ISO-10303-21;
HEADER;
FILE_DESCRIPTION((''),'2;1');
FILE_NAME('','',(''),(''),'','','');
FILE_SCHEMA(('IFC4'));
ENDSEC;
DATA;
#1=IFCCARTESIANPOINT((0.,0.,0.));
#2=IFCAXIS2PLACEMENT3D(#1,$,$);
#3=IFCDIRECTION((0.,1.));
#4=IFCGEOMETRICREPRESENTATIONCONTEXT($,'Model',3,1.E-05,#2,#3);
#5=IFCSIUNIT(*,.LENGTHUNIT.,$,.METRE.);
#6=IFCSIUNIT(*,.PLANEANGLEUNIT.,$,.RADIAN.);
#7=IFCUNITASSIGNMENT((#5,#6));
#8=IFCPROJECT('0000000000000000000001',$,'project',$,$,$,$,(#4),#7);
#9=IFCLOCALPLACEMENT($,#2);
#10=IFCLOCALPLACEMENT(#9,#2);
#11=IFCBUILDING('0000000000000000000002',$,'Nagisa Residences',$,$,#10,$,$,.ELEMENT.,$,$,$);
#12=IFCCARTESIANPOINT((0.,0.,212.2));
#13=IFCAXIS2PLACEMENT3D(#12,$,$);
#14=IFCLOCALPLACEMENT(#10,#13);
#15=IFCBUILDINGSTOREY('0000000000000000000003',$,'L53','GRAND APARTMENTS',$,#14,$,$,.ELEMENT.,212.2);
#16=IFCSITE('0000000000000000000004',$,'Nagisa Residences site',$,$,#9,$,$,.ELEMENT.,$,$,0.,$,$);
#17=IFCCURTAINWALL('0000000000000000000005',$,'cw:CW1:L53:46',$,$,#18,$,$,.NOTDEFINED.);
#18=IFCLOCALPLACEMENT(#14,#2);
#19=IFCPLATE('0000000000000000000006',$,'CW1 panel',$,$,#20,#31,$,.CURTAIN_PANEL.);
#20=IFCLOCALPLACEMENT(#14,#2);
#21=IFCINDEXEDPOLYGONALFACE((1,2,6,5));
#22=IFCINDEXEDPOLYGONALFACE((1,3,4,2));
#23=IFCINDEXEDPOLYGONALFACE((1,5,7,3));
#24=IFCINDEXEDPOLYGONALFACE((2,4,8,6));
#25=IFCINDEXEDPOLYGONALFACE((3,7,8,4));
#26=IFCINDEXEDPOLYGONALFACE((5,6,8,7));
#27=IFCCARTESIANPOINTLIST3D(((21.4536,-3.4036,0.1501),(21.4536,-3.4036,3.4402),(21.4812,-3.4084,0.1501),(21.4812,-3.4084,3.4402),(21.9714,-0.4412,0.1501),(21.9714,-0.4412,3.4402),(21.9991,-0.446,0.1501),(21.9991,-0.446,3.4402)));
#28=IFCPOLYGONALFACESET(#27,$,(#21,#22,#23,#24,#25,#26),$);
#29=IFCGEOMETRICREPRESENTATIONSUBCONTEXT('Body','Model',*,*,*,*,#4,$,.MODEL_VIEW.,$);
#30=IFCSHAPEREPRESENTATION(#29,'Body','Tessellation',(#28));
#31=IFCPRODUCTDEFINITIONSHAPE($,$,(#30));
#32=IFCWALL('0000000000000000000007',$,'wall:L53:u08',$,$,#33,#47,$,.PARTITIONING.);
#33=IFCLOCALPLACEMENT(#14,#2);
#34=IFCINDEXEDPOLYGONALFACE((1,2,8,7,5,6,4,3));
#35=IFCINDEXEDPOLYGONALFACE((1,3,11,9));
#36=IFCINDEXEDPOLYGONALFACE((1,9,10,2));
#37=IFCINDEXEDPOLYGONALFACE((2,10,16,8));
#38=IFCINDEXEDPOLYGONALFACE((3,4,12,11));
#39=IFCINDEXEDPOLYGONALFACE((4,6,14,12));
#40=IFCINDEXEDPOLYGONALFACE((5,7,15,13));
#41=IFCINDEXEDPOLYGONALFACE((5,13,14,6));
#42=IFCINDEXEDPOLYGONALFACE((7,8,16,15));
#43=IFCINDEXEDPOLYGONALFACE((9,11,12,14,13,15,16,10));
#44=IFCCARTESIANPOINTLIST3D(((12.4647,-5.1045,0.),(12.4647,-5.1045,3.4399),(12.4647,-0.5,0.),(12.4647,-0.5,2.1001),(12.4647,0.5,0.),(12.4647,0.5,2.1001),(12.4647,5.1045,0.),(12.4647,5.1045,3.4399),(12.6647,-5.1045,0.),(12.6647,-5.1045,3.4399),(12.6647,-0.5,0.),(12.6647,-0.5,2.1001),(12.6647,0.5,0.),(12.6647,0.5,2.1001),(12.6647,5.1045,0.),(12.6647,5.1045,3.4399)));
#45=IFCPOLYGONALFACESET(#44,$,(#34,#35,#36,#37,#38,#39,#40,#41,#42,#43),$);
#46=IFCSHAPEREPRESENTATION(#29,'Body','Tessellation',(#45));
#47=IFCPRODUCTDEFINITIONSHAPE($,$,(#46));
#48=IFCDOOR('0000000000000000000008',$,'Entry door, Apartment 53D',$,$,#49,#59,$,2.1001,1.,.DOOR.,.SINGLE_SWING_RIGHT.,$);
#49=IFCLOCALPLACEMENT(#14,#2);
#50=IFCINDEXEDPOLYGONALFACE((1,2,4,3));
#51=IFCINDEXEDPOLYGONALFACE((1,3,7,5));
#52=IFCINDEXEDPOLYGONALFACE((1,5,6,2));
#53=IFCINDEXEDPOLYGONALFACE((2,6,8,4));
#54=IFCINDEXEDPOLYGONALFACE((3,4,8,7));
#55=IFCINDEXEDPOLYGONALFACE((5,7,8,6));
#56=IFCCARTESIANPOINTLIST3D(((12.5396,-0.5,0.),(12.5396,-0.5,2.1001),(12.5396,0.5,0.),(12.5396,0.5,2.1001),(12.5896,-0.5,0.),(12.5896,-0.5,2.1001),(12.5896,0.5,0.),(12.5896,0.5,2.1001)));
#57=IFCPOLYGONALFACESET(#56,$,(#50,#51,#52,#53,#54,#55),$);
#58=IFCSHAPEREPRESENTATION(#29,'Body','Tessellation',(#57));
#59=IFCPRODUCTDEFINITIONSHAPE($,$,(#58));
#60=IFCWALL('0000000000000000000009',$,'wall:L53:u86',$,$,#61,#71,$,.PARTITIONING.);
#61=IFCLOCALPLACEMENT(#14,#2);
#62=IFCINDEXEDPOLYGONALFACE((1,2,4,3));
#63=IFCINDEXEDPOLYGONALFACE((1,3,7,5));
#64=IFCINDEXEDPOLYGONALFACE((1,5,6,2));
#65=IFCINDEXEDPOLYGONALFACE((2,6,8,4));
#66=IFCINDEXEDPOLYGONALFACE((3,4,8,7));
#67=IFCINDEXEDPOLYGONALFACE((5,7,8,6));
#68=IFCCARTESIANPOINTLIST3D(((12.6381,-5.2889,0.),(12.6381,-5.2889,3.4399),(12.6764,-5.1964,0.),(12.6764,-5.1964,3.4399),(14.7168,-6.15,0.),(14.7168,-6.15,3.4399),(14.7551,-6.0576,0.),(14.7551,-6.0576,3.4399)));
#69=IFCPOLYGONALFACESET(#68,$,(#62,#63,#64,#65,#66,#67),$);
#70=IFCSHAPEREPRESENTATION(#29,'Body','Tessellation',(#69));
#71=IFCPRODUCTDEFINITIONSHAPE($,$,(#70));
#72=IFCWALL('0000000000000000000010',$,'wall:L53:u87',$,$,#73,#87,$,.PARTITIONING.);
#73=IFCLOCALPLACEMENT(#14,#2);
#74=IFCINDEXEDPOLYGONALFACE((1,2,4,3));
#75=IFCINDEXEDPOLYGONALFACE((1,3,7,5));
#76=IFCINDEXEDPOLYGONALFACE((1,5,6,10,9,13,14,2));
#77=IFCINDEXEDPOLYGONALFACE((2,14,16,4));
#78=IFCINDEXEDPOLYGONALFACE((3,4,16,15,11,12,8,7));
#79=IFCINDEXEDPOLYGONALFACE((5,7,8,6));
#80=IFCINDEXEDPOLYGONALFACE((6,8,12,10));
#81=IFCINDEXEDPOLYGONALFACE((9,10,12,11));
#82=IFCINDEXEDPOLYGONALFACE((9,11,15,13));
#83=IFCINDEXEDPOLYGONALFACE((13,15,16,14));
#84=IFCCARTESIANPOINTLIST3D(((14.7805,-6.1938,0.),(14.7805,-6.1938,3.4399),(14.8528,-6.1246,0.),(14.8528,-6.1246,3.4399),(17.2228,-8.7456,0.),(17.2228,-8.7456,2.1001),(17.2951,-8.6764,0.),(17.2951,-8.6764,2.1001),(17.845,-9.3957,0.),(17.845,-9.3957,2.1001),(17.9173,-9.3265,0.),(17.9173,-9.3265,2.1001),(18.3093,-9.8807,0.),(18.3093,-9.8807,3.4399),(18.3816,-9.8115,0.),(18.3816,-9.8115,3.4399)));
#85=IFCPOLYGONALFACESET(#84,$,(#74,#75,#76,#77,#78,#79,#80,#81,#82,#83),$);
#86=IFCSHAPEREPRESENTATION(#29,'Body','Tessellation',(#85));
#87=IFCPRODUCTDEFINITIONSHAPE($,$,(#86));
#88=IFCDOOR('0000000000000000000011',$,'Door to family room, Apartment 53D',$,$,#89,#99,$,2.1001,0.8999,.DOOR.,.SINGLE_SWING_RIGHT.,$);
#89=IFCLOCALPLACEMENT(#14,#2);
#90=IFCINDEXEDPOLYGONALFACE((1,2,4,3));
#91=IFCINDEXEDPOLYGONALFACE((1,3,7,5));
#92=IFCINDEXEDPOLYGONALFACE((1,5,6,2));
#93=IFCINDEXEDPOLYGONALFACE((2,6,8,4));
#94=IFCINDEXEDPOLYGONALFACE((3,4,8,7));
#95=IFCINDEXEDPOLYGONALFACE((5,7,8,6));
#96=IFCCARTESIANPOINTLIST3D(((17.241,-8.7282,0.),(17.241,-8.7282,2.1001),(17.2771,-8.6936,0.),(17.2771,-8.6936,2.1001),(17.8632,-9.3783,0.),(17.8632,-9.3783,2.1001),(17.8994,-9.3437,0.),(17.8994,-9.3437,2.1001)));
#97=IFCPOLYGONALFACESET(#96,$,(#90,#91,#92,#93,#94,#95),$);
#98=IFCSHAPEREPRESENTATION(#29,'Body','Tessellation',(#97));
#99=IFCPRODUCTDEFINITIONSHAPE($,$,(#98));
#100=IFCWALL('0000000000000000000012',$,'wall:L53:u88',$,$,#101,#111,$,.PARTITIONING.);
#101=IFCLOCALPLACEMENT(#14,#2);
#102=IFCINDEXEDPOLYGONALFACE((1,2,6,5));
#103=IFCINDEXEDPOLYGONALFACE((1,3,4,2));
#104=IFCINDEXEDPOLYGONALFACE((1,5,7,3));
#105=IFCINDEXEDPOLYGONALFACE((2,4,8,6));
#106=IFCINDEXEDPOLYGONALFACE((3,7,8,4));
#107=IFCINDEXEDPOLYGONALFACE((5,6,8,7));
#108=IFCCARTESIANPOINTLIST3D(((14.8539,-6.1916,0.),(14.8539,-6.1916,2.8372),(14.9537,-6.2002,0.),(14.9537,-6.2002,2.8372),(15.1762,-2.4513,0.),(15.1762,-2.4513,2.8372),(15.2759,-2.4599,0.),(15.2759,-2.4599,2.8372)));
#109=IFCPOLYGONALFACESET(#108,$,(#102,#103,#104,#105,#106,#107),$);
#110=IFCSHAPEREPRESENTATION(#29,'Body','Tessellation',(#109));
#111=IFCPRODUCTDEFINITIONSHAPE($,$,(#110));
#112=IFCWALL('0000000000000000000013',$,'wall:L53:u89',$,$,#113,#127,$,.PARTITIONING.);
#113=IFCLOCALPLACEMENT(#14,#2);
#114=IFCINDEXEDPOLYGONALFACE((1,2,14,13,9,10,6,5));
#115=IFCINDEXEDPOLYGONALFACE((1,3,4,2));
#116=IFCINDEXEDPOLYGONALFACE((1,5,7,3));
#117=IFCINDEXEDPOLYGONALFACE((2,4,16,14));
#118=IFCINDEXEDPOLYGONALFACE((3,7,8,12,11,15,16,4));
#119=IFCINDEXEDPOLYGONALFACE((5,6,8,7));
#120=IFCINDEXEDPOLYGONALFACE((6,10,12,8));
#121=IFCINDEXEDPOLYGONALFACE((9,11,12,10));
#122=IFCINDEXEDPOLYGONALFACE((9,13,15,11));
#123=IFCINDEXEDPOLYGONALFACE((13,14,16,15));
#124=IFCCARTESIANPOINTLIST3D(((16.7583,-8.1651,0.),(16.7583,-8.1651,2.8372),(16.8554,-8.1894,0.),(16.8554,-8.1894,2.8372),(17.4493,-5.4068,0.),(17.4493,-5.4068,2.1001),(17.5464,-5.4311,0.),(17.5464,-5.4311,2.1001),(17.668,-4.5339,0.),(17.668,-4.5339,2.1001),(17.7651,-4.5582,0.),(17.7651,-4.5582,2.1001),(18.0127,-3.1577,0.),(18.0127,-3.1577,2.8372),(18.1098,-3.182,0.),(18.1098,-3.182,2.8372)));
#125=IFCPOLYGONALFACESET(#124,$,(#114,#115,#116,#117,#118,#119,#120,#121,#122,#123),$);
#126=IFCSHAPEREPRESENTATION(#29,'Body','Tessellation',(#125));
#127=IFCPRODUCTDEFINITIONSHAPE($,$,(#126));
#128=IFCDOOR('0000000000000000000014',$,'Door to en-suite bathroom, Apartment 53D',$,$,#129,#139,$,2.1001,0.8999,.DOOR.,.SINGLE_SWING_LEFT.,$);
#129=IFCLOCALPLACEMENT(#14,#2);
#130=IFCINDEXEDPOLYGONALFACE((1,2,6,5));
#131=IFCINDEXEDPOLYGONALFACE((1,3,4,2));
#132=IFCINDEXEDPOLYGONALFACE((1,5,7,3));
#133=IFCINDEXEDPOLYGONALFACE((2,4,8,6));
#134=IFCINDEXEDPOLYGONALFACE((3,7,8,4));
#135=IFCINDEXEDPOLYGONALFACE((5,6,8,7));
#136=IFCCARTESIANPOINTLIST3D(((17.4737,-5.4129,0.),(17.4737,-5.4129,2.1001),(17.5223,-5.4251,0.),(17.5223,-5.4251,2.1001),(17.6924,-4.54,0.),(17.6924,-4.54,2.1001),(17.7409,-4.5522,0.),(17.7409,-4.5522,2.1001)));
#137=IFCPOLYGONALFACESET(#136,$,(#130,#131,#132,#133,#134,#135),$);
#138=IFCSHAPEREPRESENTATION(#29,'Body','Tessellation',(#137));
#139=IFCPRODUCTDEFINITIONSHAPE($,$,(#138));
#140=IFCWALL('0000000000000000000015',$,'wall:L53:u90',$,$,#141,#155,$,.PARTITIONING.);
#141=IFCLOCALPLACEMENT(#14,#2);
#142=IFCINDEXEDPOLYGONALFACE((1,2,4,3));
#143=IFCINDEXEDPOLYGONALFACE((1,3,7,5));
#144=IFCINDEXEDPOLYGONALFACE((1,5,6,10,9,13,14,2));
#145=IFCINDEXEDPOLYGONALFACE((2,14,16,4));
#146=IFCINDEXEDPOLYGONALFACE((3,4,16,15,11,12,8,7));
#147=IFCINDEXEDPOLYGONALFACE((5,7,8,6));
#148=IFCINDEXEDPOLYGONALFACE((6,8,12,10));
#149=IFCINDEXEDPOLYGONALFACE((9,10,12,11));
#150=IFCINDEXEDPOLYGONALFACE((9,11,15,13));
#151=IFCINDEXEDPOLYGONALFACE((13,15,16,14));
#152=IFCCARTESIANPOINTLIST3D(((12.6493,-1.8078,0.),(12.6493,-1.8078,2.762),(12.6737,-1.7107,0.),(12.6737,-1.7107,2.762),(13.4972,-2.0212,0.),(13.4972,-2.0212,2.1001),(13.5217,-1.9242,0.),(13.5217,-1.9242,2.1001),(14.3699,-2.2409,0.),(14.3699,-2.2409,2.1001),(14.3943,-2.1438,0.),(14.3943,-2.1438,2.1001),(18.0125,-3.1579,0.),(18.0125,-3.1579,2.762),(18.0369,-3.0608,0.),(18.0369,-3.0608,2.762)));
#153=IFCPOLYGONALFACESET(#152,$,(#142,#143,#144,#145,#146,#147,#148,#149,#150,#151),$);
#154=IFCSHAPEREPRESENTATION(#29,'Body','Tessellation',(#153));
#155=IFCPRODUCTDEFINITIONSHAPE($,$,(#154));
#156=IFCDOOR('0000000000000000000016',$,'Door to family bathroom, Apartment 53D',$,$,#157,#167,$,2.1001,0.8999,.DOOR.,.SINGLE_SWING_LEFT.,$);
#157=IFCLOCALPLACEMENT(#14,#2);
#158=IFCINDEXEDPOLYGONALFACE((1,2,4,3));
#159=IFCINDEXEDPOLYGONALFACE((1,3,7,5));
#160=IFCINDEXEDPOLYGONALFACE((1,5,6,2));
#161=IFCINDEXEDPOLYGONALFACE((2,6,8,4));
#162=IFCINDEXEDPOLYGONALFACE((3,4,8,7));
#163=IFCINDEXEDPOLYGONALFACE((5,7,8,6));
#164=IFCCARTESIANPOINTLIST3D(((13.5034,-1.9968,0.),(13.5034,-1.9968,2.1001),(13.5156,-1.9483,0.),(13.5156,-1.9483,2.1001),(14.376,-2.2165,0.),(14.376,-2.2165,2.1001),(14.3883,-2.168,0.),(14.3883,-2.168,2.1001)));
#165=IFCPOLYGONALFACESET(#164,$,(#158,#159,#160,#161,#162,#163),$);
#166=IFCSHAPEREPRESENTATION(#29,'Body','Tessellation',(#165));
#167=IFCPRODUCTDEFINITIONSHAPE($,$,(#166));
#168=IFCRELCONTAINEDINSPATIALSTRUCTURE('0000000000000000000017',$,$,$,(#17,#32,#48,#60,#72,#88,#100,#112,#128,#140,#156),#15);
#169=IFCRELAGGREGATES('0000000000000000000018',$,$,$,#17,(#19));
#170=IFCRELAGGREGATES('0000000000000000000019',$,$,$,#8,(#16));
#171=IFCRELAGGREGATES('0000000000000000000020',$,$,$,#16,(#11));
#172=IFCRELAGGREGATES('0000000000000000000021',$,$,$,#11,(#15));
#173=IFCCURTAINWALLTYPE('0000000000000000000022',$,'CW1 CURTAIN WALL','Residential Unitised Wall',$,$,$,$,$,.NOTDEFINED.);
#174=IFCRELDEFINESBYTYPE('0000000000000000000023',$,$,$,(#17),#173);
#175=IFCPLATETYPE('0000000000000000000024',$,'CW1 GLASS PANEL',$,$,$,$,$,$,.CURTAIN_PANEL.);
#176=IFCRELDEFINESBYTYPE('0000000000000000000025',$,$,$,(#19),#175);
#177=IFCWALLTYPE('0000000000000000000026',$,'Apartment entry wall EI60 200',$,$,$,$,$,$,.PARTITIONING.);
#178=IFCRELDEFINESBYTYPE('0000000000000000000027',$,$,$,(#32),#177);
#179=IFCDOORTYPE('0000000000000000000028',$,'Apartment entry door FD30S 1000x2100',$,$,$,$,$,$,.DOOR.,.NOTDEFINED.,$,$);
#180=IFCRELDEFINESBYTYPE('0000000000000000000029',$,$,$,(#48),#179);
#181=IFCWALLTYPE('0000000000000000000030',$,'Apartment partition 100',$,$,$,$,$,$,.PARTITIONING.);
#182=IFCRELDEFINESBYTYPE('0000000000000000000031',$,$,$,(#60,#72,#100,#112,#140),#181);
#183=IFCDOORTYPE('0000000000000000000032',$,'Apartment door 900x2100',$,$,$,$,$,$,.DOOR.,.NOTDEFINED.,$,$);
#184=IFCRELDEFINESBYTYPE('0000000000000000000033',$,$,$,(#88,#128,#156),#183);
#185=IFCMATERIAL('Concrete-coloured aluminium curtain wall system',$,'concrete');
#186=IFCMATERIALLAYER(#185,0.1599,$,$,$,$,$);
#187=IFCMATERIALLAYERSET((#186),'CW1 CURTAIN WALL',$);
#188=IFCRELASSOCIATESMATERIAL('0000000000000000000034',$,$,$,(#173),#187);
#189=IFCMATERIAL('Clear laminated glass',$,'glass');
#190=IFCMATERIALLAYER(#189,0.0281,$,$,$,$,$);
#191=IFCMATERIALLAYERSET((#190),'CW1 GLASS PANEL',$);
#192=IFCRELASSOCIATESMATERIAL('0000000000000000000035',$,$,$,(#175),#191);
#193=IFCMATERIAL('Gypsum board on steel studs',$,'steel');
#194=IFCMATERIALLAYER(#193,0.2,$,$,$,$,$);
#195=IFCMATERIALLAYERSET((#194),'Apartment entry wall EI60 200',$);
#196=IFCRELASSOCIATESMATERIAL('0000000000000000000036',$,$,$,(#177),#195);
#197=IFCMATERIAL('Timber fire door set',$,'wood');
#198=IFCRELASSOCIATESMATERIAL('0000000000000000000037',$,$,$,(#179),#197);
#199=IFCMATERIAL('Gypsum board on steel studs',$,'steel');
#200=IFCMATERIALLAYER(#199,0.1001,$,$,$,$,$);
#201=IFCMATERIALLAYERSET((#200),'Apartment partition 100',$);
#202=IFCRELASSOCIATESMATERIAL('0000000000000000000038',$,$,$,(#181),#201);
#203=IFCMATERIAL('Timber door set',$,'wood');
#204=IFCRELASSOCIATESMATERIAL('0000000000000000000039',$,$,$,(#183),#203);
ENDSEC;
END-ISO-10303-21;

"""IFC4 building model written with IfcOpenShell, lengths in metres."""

from ifc_helpers import new_model, si_unit, direction, frame, frame_2d, origin, origin_2d, place, context, subcontext, project, spatial, rectangle, extrude, material, layer, layer_set, type_object, element, fill, aggregate, save


model = new_model("IFC4")

# Units and contexts
model_context = context("Model", 3, precision=1e-05, world=origin(), true_north=direction((0.0, 1.0)))
body_context = subcontext(model_context, "Body", "Model", "MODEL_VIEW")
ifc_project = project(units=[si_unit("LENGTHUNIT", "METRE"), si_unit("PLANEANGLEUNIT", "RADIAN")], contexts=[model_context])

# Site, building, storey
site_placement = place(None, origin())
site = spatial("IfcSite", under=ifc_project, at=site_placement, Name="Nagisa Residences site", CompositionType="ELEMENT", RefElevation=0.0)
building_placement = place(site_placement, origin())
building = spatial("IfcBuilding", under=site, at=building_placement, Name="Nagisa Residences", CompositionType="ELEMENT")
storey_placement = place(building_placement, frame((0.0, 0.0, 212.2)))
storey = spatial("IfcBuildingStorey", under=building, at=storey_placement, Name="L53", Description="GRAND APARTMENTS", CompositionType="ELEMENT", Elevation=212.2)

# Curtain wall
ifc_material_1 = material(Name="Concrete-coloured aluminium curtain wall system", Category="concrete")
ifc_layer_1 = layer(ifc_material_1, 0.1599)
ifc_layer_set_1 = layer_set([ifc_layer_1], Name="CW1 CURTAIN WALL")
curtain_wall_type = type_object("IfcCurtainWallType", Name="CW1 CURTAIN WALL", Description="Residential Unitised Wall", PredefinedType="NOTDEFINED", material=ifc_layer_set_1)
curtain_wall_1_placement = place(storey_placement, origin())
curtain_wall_1 = element("IfcCurtainWall", 1, at=curtain_wall_1_placement, inside=storey, type_object=curtain_wall_type, Name="cw:CW1:L53:46", PredefinedType="NOTDEFINED")

# Plate
ifc_material_2 = material(Name="Clear laminated glass", Category="glass")
ifc_layer_2 = layer(ifc_material_2, 0.0281)
ifc_layer_set_2 = layer_set([ifc_layer_2], Name="CW1 GLASS PANEL")
plate_type = type_object("IfcPlateType", Name="CW1 GLASS PANEL", PredefinedType="CURTAIN_PANEL", material=ifc_layer_set_2)
plate_1_placement = place(storey_placement, frame((21.7263, -1.9248, 0.1501), z_axis=(0.0, 0.0, 1.0), x_axis=(0.172191, 0.985064, 0.0)))
plate_1 = element("IfcPlate", 2, at=plate_1_placement, type_object=plate_type, Name="CW1 panel", PredefinedType="CURTAIN_PANEL", context=body_context, shape_type="SweptSolid", body=[
    extrude(rectangle(XDim=3.0073, YDim=0.0281, at=origin_2d()), origin(), (0.0, 0.0, 1.0), 3.29),
])
aggregate(curtain_wall_1, [plate_1])

# Wall, opening, door
ifc_material_3 = material(Name="Gypsum board on steel studs", Category="steel")
ifc_layer_3 = layer(ifc_material_3, 0.2)
ifc_layer_set_3 = layer_set([ifc_layer_3], Name="Apartment entry wall EI60 200")
wall_type_1 = type_object("IfcWallType", Name="Apartment entry wall EI60 200", PredefinedType="PARTITIONING", material=ifc_layer_set_3)
wall_1_placement = place(storey_placement, frame((12.5647, -5.1045, 0.0), z_axis=(0.0, 0.0, 1.0), x_axis=(0.0, 1.0, 0.0)))
wall_1 = element("IfcWall", 3, at=wall_1_placement, inside=storey, type_object=wall_type_1, Name="wall:L53:u08", PredefinedType="PARTITIONING", context=body_context, shape_type="SweptSolid", body=[
    extrude(rectangle(XDim=10.209, YDim=0.2, at=frame_2d((5.1045, 0.0))), origin(), (0.0, 0.0, 1.0), 3.4399),
])
opening_1_placement = place(wall_1_placement, frame((4.6045, 0.0, 0.0)))
opening_1 = element("IfcOpeningElement", 4, at=opening_1_placement, cuts=wall_1, PredefinedType="OPENING", context=body_context, shape_type="SweptSolid", body=[
    extrude(rectangle(XDim=1.0, YDim=2.1001, at=frame_2d((0.5, 1.05))), frame((0.0, 0.1099, 0.0), z_axis=(0.0, -1.0, 0.0), x_axis=(1.0, 0.0, 0.0)), (0.0, 0.0, 1.0), 0.22),
])
ifc_material_4 = material(Name="Timber fire door set", Category="wood")
door_type_1 = type_object("IfcDoorType", Name="Apartment entry door FD30S 1000x2100", OperationType="NOTDEFINED", PredefinedType="DOOR", material=ifc_material_4)
door_1_placement = place(opening_1_placement, frame((1.0, 0.0, 0.0), x_axis=(-1.0, 0.0, 0.0)))
door_1 = element("IfcDoor", 5, at=door_1_placement, inside=storey, type_object=door_type_1, Name="Entry door, Apartment 53D", OperationType="SINGLE_SWING_RIGHT", OverallHeight=2.1001, OverallWidth=1.0, PredefinedType="DOOR", context=body_context, shape_type="SweptSolid", body=[
    extrude(rectangle(XDim=1.0, YDim=2.1001, at=frame_2d((0.5, 1.05))), frame((0.0, 0.0249, 0.0), z_axis=(0.0, -1.0, 0.0), x_axis=(1.0, 0.0, 0.0)), (0.0, 0.0, 1.0), 0.05),
])
fill(opening_1, door_1)

# Wall
ifc_material_5 = material(Name="Gypsum board on steel studs", Category="steel")
ifc_layer_4 = layer(ifc_material_5, 0.1001)
ifc_layer_set_4 = layer_set([ifc_layer_4], Name="Apartment partition 100")
wall_type_2 = type_object("IfcWallType", Name="Apartment partition 100", PredefinedType="PARTITIONING", material=ifc_layer_set_4)
wall_2_placement = place(storey_placement, frame((12.6572, -5.2427, 0.0), z_axis=(0.0, 0.0, 1.0), x_axis=(0.923865, -0.382719, 0.0)))
element("IfcWall", 6, at=wall_2_placement, inside=storey, type_object=wall_type_2, Name="wall:L53:u86", PredefinedType="PARTITIONING", context=body_context, shape_type="SweptSolid", body=[
    extrude(rectangle(XDim=2.25, YDim=0.1001, at=frame_2d((1.125, 0.0))), origin(), (0.0, 0.0, 1.0), 3.4399),
])

# Wall, opening, door
wall_3_placement = place(storey_placement, frame((14.8167, -6.1592, 0.0), z_axis=(0.0, 0.0, 1.0), x_axis=(0.691438, -0.722436, 0.0)))
wall_3 = element("IfcWall", 7, at=wall_3_placement, inside=storey, type_object=wall_type_2, Name="wall:L53:u87", PredefinedType="PARTITIONING", context=body_context, shape_type="SweptSolid", body=[
    extrude(rectangle(XDim=5.1035, YDim=0.1001, at=frame_2d((2.5518, 0.0))), origin(), (0.0, 0.0, 1.0), 3.4399),
])
opening_2_placement = place(wall_3_placement, frame((3.5322, 0.0, 0.0)))
opening_2 = element("IfcOpeningElement", 8, at=opening_2_placement, cuts=wall_3, PredefinedType="OPENING", context=body_context, shape_type="SweptSolid", body=[
    extrude(rectangle(XDim=0.8999, YDim=2.1001, at=frame_2d((0.45, 1.05))), frame((0.0, 0.0601, 0.0), z_axis=(0.0, -1.0, 0.0), x_axis=(1.0, 0.0, 0.0)), (0.0, 0.0, 1.0), 0.1201),
])
ifc_material_6 = material(Name="Timber door set", Category="wood")
door_type_2 = type_object("IfcDoorType", Name="Apartment door 900x2100", OperationType="NOTDEFINED", PredefinedType="DOOR", material=ifc_material_6)
door_2_placement = place(opening_2_placement, frame((0.8999, 0.0, 0.0), x_axis=(-1.0, 0.0, 0.0)))
door_2 = element("IfcDoor", 9, at=door_2_placement, inside=storey, type_object=door_type_2, Name="Door to family room, Apartment 53D", OperationType="SINGLE_SWING_RIGHT", OverallHeight=2.1001, OverallWidth=0.8999, PredefinedType="DOOR", context=body_context, shape_type="SweptSolid", body=[
    extrude(rectangle(XDim=0.8999, YDim=2.1001, at=frame_2d((0.45, 1.05))), frame((0.0, 0.0249, 0.0), z_axis=(0.0, -1.0, 0.0), x_axis=(1.0, 0.0, 0.0)), (0.0, 0.0, 1.0), 0.05),
])
fill(opening_2, door_2)

# Wall
wall_4_placement = place(storey_placement, frame((14.9038, -6.1958, 0.0), z_axis=(0.0, 0.0, 1.0), x_axis=(0.085844, 0.996309, 0.0)))
element("IfcWall", 10, at=wall_4_placement, inside=storey, type_object=wall_type_2, Name="wall:L53:u88", PredefinedType="PARTITIONING", context=body_context, shape_type="SweptSolid", body=[
    extrude(rectangle(XDim=3.7542, YDim=0.1001, at=frame_2d((1.877, 0.0))), origin(), (0.0, 0.0, 1.0), 2.8372),
])

# Walls, openings, doors
wall_5_placement = place(storey_placement, frame((16.8069, -8.1772, 0.0), z_axis=(0.0, 0.0, 1.0), x_axis=(0.243003, 0.970026, 0.0)))
wall_5 = element("IfcWall", 11, at=wall_5_placement, inside=storey, type_object=wall_type_2, Name="wall:L53:u89", PredefinedType="PARTITIONING", context=body_context, shape_type="SweptSolid", body=[
    extrude(rectangle(XDim=5.1621, YDim=0.1001, at=frame_2d((2.5811, 0.0))), origin(), (0.0, 0.0, 1.0), 2.8372),
])
opening_3_placement = place(wall_5_placement, frame((2.8435, 0.0, 0.0)))
opening_3 = element("IfcOpeningElement", 12, at=opening_3_placement, cuts=wall_5, PredefinedType="OPENING", context=body_context, shape_type="SweptSolid", body=[
    extrude(rectangle(XDim=0.8999, YDim=2.1001, at=frame_2d((0.45, 1.05))), frame((0.0, 0.0601, 0.0), z_axis=(0.0, -1.0, 0.0), x_axis=(1.0, 0.0, 0.0)), (0.0, 0.0, 1.0), 0.1201),
])
door_3_placement = place(opening_3_placement, origin())
door_3 = element("IfcDoor", 13, at=door_3_placement, inside=storey, type_object=door_type_2, Name="Door to en-suite bathroom, Apartment 53D", OperationType="SINGLE_SWING_LEFT", OverallHeight=2.1001, OverallWidth=0.8999, PredefinedType="DOOR", context=body_context, shape_type="SweptSolid", body=[
    extrude(rectangle(XDim=0.8999, YDim=2.1001, at=frame_2d((0.45, 1.05))), frame((0.0, 0.0249, 0.0), z_axis=(0.0, -1.0, 0.0), x_axis=(1.0, 0.0, 0.0)), (0.0, 0.0, 1.0), 0.05),
])
fill(opening_3, door_3)
wall_6_placement = place(storey_placement, frame((12.6616, -1.7593, 0.0), z_axis=(0.0, 0.0, 1.0), x_axis=(0.969747, -0.244114, 0.0)))
wall_6 = element("IfcWall", 14, at=wall_6_placement, inside=storey, type_object=wall_type_2, Name="wall:L53:u90", PredefinedType="PARTITIONING", context=body_context, shape_type="SweptSolid", body=[
    extrude(rectangle(XDim=5.5305, YDim=0.1001, at=frame_2d((2.7651, 0.0))), origin(), (0.0, 0.0, 1.0), 2.762),
])
opening_4_placement = place(wall_6_placement, frame((0.8743, 0.0, 0.0)))
opening_4 = element("IfcOpeningElement", 15, at=opening_4_placement, cuts=wall_6, PredefinedType="OPENING", context=body_context, shape_type="SweptSolid", body=[
    extrude(rectangle(XDim=0.8999, YDim=2.1001, at=frame_2d((0.45, 1.05))), frame((0.0, 0.0601, 0.0), z_axis=(0.0, -1.0, 0.0), x_axis=(1.0, 0.0, 0.0)), (0.0, 0.0, 1.0), 0.1201),
])
door_4_placement = place(opening_4_placement, frame((0.8999, 0.0, 0.0), x_axis=(-1.0, 0.0, 0.0)))
door_4 = element("IfcDoor", 16, at=door_4_placement, inside=storey, type_object=door_type_2, Name="Door to family bathroom, Apartment 53D", OperationType="SINGLE_SWING_LEFT", OverallHeight=2.1001, OverallWidth=0.8999, PredefinedType="DOOR", context=body_context, shape_type="SweptSolid", body=[
    extrude(rectangle(XDim=0.8999, YDim=2.1001, at=frame_2d((0.45, 1.05))), frame((0.0, 0.0249, 0.0), z_axis=(0.0, -1.0, 0.0), x_axis=(1.0, 0.0, 0.0)), (0.0, 0.0, 1.0), 0.05),
])
fill(opening_4, door_4)

save(model, "model.ifc")
